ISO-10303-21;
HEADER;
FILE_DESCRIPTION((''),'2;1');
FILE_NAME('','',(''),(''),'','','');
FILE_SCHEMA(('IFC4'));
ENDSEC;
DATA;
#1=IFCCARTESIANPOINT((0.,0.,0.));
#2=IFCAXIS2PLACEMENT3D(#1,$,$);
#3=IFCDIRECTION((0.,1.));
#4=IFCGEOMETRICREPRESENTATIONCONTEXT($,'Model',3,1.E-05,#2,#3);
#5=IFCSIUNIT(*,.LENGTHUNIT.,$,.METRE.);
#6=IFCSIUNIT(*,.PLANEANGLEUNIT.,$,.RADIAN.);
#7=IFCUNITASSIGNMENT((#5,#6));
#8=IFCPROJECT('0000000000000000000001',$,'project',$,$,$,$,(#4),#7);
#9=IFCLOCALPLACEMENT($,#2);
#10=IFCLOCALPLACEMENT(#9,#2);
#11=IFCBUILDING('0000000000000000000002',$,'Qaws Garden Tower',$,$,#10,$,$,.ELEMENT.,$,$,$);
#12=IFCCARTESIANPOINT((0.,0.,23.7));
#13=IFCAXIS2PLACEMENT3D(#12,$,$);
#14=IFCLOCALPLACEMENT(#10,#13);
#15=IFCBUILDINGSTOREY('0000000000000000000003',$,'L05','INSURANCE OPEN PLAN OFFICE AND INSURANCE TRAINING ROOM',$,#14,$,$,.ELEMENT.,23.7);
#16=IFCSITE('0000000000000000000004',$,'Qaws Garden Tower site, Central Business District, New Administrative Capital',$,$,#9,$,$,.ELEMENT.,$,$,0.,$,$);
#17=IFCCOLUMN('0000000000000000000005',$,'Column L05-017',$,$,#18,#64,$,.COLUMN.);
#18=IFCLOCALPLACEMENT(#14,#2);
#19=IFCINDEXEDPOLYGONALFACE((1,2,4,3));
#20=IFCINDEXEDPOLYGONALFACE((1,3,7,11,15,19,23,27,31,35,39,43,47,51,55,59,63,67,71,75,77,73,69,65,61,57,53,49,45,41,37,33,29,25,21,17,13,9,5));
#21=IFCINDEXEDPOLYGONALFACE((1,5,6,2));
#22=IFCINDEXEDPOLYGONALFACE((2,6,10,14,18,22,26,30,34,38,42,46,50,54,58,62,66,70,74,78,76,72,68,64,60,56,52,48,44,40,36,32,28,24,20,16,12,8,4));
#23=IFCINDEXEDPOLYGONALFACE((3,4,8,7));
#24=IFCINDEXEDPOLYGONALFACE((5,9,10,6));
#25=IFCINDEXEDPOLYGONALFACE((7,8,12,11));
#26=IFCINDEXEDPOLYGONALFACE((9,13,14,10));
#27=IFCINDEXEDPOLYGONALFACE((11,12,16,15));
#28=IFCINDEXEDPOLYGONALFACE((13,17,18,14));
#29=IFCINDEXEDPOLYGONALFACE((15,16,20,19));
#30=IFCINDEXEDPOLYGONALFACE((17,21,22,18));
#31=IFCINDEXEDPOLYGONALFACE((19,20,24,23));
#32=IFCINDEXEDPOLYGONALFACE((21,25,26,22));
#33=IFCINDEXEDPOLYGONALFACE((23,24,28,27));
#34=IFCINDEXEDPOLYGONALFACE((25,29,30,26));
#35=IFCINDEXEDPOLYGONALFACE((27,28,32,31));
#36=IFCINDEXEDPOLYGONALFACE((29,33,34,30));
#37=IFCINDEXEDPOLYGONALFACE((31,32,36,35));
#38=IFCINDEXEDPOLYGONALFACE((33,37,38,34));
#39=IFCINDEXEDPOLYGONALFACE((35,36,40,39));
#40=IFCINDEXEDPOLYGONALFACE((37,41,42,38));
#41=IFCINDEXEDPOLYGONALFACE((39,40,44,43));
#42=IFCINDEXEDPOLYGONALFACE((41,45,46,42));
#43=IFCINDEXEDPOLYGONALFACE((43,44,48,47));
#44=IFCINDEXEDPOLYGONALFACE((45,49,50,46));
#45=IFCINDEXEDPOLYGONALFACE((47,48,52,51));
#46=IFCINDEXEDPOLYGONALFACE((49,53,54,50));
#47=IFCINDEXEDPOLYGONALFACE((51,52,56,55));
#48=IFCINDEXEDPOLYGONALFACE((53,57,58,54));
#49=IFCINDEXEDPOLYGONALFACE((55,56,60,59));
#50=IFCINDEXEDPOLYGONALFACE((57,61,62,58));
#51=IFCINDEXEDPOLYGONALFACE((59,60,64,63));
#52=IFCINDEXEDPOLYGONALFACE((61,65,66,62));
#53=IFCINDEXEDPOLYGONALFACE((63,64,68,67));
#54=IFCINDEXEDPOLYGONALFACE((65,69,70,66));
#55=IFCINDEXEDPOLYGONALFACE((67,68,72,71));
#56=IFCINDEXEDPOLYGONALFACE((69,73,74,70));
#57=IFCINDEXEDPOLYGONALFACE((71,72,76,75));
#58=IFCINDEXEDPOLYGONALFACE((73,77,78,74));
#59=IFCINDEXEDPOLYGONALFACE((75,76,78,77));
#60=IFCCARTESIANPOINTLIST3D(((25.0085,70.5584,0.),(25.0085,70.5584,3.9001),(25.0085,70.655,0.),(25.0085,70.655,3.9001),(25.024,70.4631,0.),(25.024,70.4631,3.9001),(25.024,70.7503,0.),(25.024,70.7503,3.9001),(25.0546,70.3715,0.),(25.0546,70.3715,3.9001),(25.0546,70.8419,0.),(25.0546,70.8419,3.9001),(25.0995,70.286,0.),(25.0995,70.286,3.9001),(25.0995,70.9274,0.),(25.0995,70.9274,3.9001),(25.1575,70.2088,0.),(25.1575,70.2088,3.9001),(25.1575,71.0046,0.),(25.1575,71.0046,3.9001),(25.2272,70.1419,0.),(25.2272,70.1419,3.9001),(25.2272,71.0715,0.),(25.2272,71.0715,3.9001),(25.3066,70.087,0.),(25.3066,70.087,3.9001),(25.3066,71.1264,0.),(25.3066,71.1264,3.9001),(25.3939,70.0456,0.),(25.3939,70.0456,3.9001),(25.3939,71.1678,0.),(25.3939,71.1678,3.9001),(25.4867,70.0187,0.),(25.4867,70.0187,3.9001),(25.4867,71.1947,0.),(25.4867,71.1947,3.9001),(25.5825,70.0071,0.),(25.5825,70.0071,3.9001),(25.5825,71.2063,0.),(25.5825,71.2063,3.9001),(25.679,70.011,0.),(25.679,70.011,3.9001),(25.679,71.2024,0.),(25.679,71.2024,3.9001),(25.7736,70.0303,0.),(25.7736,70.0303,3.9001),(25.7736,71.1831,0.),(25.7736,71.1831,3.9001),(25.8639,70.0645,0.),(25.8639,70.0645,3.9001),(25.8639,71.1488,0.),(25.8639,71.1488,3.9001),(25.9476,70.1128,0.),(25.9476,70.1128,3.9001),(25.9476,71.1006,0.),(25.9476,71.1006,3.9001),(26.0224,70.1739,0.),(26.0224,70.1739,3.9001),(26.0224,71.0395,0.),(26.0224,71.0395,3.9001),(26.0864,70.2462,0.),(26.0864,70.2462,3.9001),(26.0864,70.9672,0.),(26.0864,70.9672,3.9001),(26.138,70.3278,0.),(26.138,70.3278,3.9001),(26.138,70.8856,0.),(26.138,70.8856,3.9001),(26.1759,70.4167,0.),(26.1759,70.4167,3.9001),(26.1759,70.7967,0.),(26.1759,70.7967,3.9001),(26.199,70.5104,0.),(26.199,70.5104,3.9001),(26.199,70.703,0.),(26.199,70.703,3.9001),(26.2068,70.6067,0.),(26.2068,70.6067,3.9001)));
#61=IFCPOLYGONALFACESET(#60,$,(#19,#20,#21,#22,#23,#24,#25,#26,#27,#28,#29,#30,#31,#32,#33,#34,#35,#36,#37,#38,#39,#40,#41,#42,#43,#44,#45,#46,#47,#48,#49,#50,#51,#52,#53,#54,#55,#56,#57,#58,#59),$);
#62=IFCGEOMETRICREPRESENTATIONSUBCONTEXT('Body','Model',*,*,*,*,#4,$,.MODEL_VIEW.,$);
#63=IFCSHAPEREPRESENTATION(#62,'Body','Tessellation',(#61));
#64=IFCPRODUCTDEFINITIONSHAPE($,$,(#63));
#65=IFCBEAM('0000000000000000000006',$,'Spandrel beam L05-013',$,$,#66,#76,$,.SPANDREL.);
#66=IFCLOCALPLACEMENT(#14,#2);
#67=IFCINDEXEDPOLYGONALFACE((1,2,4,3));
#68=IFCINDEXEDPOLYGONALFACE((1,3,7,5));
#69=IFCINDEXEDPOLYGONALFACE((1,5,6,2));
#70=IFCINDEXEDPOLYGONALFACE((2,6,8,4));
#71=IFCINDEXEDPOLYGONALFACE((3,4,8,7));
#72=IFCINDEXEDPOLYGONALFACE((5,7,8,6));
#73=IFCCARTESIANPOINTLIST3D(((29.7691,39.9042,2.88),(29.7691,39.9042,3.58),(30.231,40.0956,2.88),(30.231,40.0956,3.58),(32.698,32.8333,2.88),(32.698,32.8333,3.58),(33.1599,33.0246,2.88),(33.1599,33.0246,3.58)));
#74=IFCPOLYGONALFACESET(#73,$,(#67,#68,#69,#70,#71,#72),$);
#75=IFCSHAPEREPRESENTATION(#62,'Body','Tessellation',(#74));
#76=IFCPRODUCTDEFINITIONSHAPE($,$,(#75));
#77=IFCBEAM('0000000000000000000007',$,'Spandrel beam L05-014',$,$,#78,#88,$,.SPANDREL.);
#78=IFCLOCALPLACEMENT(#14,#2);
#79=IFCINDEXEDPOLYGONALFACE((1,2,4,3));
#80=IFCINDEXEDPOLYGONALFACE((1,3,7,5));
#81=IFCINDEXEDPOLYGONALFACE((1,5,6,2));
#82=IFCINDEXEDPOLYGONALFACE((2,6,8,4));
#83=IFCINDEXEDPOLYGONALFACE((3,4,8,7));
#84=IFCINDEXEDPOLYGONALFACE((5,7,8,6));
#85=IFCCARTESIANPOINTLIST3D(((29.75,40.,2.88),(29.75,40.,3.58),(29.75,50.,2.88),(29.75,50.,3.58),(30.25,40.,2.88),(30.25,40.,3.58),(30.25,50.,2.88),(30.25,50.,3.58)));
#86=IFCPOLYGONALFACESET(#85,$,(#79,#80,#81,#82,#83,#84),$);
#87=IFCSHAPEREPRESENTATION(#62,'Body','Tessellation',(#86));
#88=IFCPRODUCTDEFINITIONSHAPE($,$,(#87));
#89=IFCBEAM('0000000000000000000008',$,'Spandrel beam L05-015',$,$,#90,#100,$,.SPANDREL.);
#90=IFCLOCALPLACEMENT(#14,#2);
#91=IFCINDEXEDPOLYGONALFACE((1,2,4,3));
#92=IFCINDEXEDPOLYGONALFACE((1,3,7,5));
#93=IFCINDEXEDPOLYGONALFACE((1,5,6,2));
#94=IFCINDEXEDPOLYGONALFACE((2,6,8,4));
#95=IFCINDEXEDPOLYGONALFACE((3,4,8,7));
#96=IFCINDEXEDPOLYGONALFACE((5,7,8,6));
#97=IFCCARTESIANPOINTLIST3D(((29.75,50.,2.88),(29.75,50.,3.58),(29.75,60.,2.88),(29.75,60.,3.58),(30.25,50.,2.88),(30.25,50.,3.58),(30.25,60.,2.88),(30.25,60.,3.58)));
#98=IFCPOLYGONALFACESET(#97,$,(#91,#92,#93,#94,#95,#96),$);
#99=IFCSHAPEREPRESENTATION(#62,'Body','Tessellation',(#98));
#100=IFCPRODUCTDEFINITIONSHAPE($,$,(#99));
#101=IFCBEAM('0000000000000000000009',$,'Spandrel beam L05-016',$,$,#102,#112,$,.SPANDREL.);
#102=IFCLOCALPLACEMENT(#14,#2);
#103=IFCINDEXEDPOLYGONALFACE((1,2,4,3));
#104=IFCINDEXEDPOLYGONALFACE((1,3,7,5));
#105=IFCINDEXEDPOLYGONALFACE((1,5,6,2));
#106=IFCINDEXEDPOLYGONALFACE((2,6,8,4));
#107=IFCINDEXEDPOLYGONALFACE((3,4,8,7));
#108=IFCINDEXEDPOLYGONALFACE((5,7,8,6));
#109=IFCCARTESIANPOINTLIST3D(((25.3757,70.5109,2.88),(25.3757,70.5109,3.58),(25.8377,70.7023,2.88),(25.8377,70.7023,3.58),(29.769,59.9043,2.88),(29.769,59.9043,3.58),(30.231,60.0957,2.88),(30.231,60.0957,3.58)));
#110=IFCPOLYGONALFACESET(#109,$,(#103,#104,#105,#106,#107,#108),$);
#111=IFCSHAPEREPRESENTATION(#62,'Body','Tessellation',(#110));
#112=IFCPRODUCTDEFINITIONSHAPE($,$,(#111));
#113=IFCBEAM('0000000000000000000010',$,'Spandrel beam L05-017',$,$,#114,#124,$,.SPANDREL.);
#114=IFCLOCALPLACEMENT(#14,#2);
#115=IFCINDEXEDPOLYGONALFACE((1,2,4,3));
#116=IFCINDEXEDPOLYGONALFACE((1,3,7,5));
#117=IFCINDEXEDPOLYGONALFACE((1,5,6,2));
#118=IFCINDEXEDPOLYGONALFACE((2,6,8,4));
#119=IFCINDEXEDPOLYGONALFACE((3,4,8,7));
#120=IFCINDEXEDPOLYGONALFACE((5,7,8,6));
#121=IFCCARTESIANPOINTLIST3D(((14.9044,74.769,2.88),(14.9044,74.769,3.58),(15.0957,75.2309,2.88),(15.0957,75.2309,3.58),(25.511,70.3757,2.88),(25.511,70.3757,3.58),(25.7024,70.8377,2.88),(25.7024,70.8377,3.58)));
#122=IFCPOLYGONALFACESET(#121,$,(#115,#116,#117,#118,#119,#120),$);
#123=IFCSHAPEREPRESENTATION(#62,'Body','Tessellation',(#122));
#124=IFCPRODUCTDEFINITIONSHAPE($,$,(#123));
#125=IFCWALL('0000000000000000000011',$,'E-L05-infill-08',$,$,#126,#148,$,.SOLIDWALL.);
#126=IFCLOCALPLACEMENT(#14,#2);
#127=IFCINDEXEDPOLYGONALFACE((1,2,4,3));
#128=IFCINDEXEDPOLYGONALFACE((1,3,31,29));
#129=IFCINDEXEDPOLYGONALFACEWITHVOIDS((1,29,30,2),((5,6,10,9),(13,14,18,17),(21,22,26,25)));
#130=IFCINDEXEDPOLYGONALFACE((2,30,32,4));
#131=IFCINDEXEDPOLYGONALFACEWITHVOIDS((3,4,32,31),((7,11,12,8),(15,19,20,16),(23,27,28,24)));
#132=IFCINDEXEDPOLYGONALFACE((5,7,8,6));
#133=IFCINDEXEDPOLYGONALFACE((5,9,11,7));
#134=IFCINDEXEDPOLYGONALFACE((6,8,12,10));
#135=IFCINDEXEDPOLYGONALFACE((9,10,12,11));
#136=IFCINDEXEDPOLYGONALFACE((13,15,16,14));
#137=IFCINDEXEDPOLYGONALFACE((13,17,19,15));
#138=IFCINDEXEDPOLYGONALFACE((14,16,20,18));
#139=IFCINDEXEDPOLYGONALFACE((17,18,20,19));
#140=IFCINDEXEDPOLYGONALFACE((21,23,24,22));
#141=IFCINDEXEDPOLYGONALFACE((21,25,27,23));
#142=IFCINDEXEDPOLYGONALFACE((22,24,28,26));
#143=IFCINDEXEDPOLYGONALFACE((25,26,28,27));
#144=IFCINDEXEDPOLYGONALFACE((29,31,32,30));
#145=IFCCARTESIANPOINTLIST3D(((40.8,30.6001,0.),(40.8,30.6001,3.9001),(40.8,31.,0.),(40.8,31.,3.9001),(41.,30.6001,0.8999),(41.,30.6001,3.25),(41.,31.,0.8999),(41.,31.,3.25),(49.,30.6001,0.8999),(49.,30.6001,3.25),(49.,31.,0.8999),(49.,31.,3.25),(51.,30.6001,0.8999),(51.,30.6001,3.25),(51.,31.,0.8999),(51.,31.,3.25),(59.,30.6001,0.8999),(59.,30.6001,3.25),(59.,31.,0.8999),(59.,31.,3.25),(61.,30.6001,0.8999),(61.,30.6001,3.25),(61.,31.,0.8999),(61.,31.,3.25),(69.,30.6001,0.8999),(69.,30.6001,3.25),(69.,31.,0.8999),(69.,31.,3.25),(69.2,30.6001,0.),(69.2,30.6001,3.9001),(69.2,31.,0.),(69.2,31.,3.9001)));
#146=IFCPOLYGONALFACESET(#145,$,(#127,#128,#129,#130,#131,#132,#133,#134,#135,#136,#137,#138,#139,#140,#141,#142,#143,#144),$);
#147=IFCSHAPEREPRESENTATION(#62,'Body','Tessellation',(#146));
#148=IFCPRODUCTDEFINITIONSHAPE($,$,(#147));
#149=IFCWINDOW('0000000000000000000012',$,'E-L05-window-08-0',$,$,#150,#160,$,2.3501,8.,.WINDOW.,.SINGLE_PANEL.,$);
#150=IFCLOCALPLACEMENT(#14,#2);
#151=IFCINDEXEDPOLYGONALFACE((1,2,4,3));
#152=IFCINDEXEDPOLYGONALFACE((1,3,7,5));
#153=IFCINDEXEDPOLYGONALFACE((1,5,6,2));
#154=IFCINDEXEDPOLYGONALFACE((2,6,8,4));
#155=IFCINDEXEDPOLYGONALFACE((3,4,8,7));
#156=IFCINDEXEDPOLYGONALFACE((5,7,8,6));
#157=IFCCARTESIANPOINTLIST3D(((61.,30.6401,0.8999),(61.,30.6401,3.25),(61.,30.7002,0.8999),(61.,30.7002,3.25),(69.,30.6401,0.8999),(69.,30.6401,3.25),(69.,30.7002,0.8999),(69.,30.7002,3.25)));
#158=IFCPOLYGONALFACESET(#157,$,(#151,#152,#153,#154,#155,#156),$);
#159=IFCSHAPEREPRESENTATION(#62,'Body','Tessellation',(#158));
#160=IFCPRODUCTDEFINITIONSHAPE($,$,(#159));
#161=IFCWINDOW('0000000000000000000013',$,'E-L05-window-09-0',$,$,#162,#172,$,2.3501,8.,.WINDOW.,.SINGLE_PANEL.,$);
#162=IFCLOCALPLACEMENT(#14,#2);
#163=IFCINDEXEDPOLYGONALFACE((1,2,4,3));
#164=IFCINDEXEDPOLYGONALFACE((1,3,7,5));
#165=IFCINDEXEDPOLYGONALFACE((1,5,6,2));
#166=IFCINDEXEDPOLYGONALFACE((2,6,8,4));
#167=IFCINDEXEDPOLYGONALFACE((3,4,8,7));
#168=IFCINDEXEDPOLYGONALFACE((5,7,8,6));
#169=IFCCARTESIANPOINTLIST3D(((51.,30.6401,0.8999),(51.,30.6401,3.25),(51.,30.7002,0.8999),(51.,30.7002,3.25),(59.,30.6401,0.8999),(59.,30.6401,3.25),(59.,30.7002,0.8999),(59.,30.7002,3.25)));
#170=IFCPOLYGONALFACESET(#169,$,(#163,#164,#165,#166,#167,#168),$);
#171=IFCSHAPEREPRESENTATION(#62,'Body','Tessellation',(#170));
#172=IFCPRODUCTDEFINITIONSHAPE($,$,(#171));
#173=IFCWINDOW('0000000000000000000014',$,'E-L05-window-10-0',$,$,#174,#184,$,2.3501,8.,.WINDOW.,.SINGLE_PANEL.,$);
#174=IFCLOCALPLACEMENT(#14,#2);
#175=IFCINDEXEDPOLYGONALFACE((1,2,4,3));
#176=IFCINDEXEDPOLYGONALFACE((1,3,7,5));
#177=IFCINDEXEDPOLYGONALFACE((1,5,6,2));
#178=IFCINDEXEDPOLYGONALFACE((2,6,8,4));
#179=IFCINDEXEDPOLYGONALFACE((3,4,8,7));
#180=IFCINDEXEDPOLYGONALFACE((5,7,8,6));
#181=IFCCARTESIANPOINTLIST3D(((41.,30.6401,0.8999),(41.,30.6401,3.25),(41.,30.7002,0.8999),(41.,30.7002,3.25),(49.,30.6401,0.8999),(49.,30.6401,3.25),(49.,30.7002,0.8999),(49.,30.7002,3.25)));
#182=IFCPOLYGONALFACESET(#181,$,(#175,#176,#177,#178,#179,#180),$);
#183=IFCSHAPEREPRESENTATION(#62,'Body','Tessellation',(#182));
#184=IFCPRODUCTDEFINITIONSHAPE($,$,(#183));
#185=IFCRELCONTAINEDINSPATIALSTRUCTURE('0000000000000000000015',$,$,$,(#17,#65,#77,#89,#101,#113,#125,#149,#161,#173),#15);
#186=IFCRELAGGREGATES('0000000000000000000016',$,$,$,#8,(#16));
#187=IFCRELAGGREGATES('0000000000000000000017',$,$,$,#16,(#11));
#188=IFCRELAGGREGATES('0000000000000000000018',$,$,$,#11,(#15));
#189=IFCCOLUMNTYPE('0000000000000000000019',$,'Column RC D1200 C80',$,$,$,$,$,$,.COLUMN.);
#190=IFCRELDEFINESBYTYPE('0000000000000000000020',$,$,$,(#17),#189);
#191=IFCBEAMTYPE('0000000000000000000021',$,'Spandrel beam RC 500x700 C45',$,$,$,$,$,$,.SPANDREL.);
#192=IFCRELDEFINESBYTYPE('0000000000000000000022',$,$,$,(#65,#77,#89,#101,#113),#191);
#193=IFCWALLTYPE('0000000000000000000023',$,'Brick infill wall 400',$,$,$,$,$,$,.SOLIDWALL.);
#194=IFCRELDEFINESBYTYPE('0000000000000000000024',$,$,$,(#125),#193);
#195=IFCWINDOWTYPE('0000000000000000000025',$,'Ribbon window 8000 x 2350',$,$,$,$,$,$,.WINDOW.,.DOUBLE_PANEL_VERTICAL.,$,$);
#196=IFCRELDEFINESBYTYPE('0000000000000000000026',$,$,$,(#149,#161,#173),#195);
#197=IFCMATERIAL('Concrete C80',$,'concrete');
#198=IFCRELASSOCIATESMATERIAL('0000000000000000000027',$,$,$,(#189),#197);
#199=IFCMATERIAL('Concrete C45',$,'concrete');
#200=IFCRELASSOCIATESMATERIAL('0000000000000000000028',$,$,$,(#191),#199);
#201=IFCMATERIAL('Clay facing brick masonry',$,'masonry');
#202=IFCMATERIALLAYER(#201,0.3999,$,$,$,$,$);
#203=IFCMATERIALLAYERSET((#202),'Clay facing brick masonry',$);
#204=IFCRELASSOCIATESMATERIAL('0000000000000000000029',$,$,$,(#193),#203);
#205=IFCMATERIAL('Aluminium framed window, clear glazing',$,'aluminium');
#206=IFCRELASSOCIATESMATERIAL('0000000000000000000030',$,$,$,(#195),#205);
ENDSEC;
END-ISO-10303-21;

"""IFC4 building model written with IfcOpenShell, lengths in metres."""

from ifc_helpers import new_model, si_unit, direction, frame, frame_2d, origin, origin_2d, place, context, subcontext, project, spatial, rectangle, circle, extrude, material, layer, layer_set, material_profile, profile_set, type_object, element, fill, save


model = new_model("IFC4")

# Units and contexts
model_context = context("Model", 3, precision=1e-05, world=origin(), true_north=direction((0.0, 1.0)))
body_context = subcontext(model_context, "Body", "Model", "MODEL_VIEW")
ifc_project = project(units=[si_unit("LENGTHUNIT", "METRE"), si_unit("PLANEANGLEUNIT", "RADIAN")], contexts=[model_context])

# Site, building, storey
site_placement = place(None, origin())
site = spatial("IfcSite", under=ifc_project, at=site_placement, Name="Qaws Garden Tower site, Central Business District, New Administrative Capital", CompositionType="ELEMENT", RefElevation=0.0)
building_placement = place(site_placement, origin())
building = spatial("IfcBuilding", under=site, at=building_placement, Name="Qaws Garden Tower", CompositionType="ELEMENT")
storey_placement = place(building_placement, frame((0.0, 0.0, 23.7)))
storey = spatial("IfcBuildingStorey", under=building, at=storey_placement, Name="L05", Description="INSURANCE OPEN PLAN OFFICE AND INSURANCE TRAINING ROOM", CompositionType="ELEMENT", Elevation=23.7)

# Column
ifc_material_1 = material(Name="Concrete C80", Category="concrete")
ifc_material_profile_1 = material_profile(ifc_material_1, circle(Radius=0.6001, at=origin_2d()), Name="RC D1200")
ifc_profile_set_1 = profile_set([ifc_material_profile_1], Name="Concrete C80")
column_type_1 = type_object("IfcColumnType", Name="Column RC D1200 C80", PredefinedType="COLUMN", material=ifc_profile_set_1)
for number, where, z_axis, x_axis, name in (
    (1, (25.6067, 70.6067, 0.0), (0.0, 0.0, 1.0), (1.0, 0.0, 0.0), "Column L05-017"),
):
    element("IfcColumn", number, at=place(storey_placement, frame(where, z_axis=z_axis, x_axis=x_axis)), inside=storey, type_object=column_type_1, Name=name, PredefinedType="COLUMN", context=body_context, shape_type="SweptSolid", body=[
        extrude(circle(Radius=0.6001, at=origin_2d()), origin(), (0.0, 0.0, 1.0), 3.9001),
    ])

# Beams
ifc_material_2 = material(Name="Concrete C45", Category="concrete")
ifc_material_profile_2 = material_profile(ifc_material_2, rectangle(XDim=0.5, YDim=0.7, at=origin_2d()), Name="RC 500x700")
ifc_profile_set_2 = profile_set([ifc_material_profile_2], Name="Concrete C45")
beam_type = type_object("IfcBeamType", Name="Spandrel beam RC 500x700 C45", PredefinedType="SPANDREL", material=ifc_profile_set_2)
beam_placement = place(storey_placement, frame((32.929, 32.929, 3.23), z_axis=(-0.382687, 0.923878, 0.0), x_axis=(-0.923878, -0.382687, 0.0)))
element("IfcBeam", 2, at=beam_placement, inside=storey, type_object=beam_type, Name="Spandrel beam L05-013", PredefinedType="SPANDREL", context=body_context, shape_type="SweptSolid", body=[
    extrude(rectangle(XDim=0.5, YDim=0.7, at=origin_2d()), origin(), (0.0, 0.0, 1.0), 7.6536),
])
for number, where, z_axis, x_axis, name in (
    (3, (30.0, 40.0, 3.23), (0.0, 1.0, 0.0), (-1.0, 0.0, 0.0), "Spandrel beam L05-014"),
    (4, (30.0, 50.0, 3.23), (0.0, 1.0, 0.0), (-1.0, 0.0, 0.0), "Spandrel beam L05-015"),
):
    element("IfcBeam", number, at=place(storey_placement, frame(where, z_axis=z_axis, x_axis=x_axis)), inside=storey, type_object=beam_type, Name=name, PredefinedType="SPANDREL", context=body_context, shape_type="SweptSolid", body=[
        extrude(rectangle(XDim=0.5, YDim=0.7, at=origin_2d()), origin(), (0.0, 0.0, 1.0), 10.0),
    ])
for number, where, z_axis, x_axis, name in (
    (5, (30.0, 60.0, 3.23), (-0.382674, 0.923883, 0.0), (-0.923883, -0.382674, 0.0), "Spandrel beam L05-016"),
    (6, (25.6067, 70.6067, 3.23), (-0.923883, 0.382674, 0.0), (-0.382674, -0.923883, 0.0), "Spandrel beam L05-017"),
):
    element("IfcBeam", number, at=place(storey_placement, frame(where, z_axis=z_axis, x_axis=x_axis)), inside=storey, type_object=beam_type, Name=name, PredefinedType="SPANDREL", context=body_context, shape_type="SweptSolid", body=[
        extrude(rectangle(XDim=0.5, YDim=0.7, at=origin_2d()), origin(), (0.0, 0.0, 1.0), 11.4805),
    ])

# Wall, openings, windows
ifc_material_3 = material(Name="Clay facing brick masonry", Category="masonry")
ifc_layer_1 = layer(ifc_material_3, 0.3999)
ifc_layer_set_1 = layer_set([ifc_layer_1], Name="Clay facing brick masonry")
wall_type_1 = type_object("IfcWallType", Name="Brick infill wall 400", PredefinedType="SOLIDWALL", material=ifc_layer_set_1)
wall_1_placement = place(storey_placement, frame((69.2, 30.8, 0.0), z_axis=(0.0, 0.0, 1.0), x_axis=(-1.0, 0.0, 0.0)))
wall_1 = element("IfcWall", 7, at=wall_1_placement, inside=storey, type_object=wall_type_1, Name="E-L05-infill-08", PredefinedType="SOLIDWALL", context=body_context, shape_type="SweptSolid", body=[
    extrude(rectangle(XDim=28.3999, YDim=0.3999, at=frame_2d((14.2, 0.0))), origin(), (0.0, 0.0, 1.0), 3.9001),
])
opening_1_placement = place(wall_1_placement, frame((0.2, 0.0, 0.8999)))
opening_1 = element("IfcOpeningElement", 8, at=opening_1_placement, cuts=wall_1, PredefinedType="OPENING", context=body_context, shape_type="SweptSolid", body=[
    extrude(rectangle(XDim=8.0, YDim=2.3501, at=frame_2d((4.0, 1.175))), frame((0.0, 0.21, 0.0), z_axis=(0.0, -1.0, 0.0), x_axis=(1.0, 0.0, 0.0)), (0.0, 0.0, 1.0), 0.4199),
])
opening_2_placement = place(wall_1_placement, frame((10.2, 0.0, 0.8999)))
opening_2 = element("IfcOpeningElement", 9, at=opening_2_placement, cuts=wall_1, PredefinedType="OPENING", context=body_context, shape_type="SweptSolid", body=[
    extrude(rectangle(XDim=8.0, YDim=2.3501, at=frame_2d((4.0, 1.175))), frame((0.0, 0.21, 0.0), z_axis=(0.0, -1.0, 0.0), x_axis=(1.0, 0.0, 0.0)), (0.0, 0.0, 1.0), 0.4199),
])
opening_3_placement = place(wall_1_placement, frame((20.2, 0.0, 0.8999)))
opening_3 = element("IfcOpeningElement", 10, at=opening_3_placement, cuts=wall_1, PredefinedType="OPENING", context=body_context, shape_type="SweptSolid", body=[
    extrude(rectangle(XDim=8.0, YDim=2.3501, at=frame_2d((4.0, 1.175))), frame((0.0, 0.21, 0.0), z_axis=(0.0, -1.0, 0.0), x_axis=(1.0, 0.0, 0.0)), (0.0, 0.0, 1.0), 0.4199),
])
ifc_material_4 = material(Name="Aluminium framed window, clear glazing", Category="aluminium")
window_type_1 = type_object("IfcWindowType", Name="Ribbon window 8000 x 2350", PartitioningType="DOUBLE_PANEL_VERTICAL", PredefinedType="WINDOW", material=ifc_material_4)
window_1_placement = place(opening_1_placement, origin())
window_1 = element("IfcWindow", 11, at=window_1_placement, inside=storey, type_object=window_type_1, Name="E-L05-window-08-0", OverallHeight=2.3501, OverallWidth=8.0, PartitioningType="SINGLE_PANEL", PredefinedType="WINDOW", context=body_context, shape_type="SweptSolid", body=[
    extrude(rectangle(XDim=8.0, YDim=2.3501, at=frame_2d((4.0, 1.175))), frame((0.0, 0.1599, 0.0), z_axis=(0.0, -1.0, 0.0), x_axis=(1.0, 0.0, 0.0)), (0.0, 0.0, 1.0), 0.0601),
])
fill(opening_1, window_1)
window_2_placement = place(opening_2_placement, origin())
window_2 = element("IfcWindow", 12, at=window_2_placement, inside=storey, type_object=window_type_1, Name="E-L05-window-09-0", OverallHeight=2.3501, OverallWidth=8.0, PartitioningType="SINGLE_PANEL", PredefinedType="WINDOW", context=body_context, shape_type="SweptSolid", body=[
    extrude(rectangle(XDim=8.0, YDim=2.3501, at=frame_2d((4.0, 1.175))), frame((0.0, 0.1599, 0.0), z_axis=(0.0, -1.0, 0.0), x_axis=(1.0, 0.0, 0.0)), (0.0, 0.0, 1.0), 0.0601),
])
fill(opening_2, window_2)
window_3_placement = place(opening_3_placement, origin())
window_3 = element("IfcWindow", 13, at=window_3_placement, inside=storey, type_object=window_type_1, Name="E-L05-window-10-0", OverallHeight=2.3501, OverallWidth=8.0, PartitioningType="SINGLE_PANEL", PredefinedType="WINDOW", context=body_context, shape_type="SweptSolid", body=[
    extrude(rectangle(XDim=8.0, YDim=2.3501, at=frame_2d((4.0, 1.175))), frame((0.0, 0.1599, 0.0), z_axis=(0.0, -1.0, 0.0), x_axis=(1.0, 0.0, 0.0)), (0.0, 0.0, 1.0), 0.0601),
])
fill(opening_3, window_3)

save(model, "model.ifc")
